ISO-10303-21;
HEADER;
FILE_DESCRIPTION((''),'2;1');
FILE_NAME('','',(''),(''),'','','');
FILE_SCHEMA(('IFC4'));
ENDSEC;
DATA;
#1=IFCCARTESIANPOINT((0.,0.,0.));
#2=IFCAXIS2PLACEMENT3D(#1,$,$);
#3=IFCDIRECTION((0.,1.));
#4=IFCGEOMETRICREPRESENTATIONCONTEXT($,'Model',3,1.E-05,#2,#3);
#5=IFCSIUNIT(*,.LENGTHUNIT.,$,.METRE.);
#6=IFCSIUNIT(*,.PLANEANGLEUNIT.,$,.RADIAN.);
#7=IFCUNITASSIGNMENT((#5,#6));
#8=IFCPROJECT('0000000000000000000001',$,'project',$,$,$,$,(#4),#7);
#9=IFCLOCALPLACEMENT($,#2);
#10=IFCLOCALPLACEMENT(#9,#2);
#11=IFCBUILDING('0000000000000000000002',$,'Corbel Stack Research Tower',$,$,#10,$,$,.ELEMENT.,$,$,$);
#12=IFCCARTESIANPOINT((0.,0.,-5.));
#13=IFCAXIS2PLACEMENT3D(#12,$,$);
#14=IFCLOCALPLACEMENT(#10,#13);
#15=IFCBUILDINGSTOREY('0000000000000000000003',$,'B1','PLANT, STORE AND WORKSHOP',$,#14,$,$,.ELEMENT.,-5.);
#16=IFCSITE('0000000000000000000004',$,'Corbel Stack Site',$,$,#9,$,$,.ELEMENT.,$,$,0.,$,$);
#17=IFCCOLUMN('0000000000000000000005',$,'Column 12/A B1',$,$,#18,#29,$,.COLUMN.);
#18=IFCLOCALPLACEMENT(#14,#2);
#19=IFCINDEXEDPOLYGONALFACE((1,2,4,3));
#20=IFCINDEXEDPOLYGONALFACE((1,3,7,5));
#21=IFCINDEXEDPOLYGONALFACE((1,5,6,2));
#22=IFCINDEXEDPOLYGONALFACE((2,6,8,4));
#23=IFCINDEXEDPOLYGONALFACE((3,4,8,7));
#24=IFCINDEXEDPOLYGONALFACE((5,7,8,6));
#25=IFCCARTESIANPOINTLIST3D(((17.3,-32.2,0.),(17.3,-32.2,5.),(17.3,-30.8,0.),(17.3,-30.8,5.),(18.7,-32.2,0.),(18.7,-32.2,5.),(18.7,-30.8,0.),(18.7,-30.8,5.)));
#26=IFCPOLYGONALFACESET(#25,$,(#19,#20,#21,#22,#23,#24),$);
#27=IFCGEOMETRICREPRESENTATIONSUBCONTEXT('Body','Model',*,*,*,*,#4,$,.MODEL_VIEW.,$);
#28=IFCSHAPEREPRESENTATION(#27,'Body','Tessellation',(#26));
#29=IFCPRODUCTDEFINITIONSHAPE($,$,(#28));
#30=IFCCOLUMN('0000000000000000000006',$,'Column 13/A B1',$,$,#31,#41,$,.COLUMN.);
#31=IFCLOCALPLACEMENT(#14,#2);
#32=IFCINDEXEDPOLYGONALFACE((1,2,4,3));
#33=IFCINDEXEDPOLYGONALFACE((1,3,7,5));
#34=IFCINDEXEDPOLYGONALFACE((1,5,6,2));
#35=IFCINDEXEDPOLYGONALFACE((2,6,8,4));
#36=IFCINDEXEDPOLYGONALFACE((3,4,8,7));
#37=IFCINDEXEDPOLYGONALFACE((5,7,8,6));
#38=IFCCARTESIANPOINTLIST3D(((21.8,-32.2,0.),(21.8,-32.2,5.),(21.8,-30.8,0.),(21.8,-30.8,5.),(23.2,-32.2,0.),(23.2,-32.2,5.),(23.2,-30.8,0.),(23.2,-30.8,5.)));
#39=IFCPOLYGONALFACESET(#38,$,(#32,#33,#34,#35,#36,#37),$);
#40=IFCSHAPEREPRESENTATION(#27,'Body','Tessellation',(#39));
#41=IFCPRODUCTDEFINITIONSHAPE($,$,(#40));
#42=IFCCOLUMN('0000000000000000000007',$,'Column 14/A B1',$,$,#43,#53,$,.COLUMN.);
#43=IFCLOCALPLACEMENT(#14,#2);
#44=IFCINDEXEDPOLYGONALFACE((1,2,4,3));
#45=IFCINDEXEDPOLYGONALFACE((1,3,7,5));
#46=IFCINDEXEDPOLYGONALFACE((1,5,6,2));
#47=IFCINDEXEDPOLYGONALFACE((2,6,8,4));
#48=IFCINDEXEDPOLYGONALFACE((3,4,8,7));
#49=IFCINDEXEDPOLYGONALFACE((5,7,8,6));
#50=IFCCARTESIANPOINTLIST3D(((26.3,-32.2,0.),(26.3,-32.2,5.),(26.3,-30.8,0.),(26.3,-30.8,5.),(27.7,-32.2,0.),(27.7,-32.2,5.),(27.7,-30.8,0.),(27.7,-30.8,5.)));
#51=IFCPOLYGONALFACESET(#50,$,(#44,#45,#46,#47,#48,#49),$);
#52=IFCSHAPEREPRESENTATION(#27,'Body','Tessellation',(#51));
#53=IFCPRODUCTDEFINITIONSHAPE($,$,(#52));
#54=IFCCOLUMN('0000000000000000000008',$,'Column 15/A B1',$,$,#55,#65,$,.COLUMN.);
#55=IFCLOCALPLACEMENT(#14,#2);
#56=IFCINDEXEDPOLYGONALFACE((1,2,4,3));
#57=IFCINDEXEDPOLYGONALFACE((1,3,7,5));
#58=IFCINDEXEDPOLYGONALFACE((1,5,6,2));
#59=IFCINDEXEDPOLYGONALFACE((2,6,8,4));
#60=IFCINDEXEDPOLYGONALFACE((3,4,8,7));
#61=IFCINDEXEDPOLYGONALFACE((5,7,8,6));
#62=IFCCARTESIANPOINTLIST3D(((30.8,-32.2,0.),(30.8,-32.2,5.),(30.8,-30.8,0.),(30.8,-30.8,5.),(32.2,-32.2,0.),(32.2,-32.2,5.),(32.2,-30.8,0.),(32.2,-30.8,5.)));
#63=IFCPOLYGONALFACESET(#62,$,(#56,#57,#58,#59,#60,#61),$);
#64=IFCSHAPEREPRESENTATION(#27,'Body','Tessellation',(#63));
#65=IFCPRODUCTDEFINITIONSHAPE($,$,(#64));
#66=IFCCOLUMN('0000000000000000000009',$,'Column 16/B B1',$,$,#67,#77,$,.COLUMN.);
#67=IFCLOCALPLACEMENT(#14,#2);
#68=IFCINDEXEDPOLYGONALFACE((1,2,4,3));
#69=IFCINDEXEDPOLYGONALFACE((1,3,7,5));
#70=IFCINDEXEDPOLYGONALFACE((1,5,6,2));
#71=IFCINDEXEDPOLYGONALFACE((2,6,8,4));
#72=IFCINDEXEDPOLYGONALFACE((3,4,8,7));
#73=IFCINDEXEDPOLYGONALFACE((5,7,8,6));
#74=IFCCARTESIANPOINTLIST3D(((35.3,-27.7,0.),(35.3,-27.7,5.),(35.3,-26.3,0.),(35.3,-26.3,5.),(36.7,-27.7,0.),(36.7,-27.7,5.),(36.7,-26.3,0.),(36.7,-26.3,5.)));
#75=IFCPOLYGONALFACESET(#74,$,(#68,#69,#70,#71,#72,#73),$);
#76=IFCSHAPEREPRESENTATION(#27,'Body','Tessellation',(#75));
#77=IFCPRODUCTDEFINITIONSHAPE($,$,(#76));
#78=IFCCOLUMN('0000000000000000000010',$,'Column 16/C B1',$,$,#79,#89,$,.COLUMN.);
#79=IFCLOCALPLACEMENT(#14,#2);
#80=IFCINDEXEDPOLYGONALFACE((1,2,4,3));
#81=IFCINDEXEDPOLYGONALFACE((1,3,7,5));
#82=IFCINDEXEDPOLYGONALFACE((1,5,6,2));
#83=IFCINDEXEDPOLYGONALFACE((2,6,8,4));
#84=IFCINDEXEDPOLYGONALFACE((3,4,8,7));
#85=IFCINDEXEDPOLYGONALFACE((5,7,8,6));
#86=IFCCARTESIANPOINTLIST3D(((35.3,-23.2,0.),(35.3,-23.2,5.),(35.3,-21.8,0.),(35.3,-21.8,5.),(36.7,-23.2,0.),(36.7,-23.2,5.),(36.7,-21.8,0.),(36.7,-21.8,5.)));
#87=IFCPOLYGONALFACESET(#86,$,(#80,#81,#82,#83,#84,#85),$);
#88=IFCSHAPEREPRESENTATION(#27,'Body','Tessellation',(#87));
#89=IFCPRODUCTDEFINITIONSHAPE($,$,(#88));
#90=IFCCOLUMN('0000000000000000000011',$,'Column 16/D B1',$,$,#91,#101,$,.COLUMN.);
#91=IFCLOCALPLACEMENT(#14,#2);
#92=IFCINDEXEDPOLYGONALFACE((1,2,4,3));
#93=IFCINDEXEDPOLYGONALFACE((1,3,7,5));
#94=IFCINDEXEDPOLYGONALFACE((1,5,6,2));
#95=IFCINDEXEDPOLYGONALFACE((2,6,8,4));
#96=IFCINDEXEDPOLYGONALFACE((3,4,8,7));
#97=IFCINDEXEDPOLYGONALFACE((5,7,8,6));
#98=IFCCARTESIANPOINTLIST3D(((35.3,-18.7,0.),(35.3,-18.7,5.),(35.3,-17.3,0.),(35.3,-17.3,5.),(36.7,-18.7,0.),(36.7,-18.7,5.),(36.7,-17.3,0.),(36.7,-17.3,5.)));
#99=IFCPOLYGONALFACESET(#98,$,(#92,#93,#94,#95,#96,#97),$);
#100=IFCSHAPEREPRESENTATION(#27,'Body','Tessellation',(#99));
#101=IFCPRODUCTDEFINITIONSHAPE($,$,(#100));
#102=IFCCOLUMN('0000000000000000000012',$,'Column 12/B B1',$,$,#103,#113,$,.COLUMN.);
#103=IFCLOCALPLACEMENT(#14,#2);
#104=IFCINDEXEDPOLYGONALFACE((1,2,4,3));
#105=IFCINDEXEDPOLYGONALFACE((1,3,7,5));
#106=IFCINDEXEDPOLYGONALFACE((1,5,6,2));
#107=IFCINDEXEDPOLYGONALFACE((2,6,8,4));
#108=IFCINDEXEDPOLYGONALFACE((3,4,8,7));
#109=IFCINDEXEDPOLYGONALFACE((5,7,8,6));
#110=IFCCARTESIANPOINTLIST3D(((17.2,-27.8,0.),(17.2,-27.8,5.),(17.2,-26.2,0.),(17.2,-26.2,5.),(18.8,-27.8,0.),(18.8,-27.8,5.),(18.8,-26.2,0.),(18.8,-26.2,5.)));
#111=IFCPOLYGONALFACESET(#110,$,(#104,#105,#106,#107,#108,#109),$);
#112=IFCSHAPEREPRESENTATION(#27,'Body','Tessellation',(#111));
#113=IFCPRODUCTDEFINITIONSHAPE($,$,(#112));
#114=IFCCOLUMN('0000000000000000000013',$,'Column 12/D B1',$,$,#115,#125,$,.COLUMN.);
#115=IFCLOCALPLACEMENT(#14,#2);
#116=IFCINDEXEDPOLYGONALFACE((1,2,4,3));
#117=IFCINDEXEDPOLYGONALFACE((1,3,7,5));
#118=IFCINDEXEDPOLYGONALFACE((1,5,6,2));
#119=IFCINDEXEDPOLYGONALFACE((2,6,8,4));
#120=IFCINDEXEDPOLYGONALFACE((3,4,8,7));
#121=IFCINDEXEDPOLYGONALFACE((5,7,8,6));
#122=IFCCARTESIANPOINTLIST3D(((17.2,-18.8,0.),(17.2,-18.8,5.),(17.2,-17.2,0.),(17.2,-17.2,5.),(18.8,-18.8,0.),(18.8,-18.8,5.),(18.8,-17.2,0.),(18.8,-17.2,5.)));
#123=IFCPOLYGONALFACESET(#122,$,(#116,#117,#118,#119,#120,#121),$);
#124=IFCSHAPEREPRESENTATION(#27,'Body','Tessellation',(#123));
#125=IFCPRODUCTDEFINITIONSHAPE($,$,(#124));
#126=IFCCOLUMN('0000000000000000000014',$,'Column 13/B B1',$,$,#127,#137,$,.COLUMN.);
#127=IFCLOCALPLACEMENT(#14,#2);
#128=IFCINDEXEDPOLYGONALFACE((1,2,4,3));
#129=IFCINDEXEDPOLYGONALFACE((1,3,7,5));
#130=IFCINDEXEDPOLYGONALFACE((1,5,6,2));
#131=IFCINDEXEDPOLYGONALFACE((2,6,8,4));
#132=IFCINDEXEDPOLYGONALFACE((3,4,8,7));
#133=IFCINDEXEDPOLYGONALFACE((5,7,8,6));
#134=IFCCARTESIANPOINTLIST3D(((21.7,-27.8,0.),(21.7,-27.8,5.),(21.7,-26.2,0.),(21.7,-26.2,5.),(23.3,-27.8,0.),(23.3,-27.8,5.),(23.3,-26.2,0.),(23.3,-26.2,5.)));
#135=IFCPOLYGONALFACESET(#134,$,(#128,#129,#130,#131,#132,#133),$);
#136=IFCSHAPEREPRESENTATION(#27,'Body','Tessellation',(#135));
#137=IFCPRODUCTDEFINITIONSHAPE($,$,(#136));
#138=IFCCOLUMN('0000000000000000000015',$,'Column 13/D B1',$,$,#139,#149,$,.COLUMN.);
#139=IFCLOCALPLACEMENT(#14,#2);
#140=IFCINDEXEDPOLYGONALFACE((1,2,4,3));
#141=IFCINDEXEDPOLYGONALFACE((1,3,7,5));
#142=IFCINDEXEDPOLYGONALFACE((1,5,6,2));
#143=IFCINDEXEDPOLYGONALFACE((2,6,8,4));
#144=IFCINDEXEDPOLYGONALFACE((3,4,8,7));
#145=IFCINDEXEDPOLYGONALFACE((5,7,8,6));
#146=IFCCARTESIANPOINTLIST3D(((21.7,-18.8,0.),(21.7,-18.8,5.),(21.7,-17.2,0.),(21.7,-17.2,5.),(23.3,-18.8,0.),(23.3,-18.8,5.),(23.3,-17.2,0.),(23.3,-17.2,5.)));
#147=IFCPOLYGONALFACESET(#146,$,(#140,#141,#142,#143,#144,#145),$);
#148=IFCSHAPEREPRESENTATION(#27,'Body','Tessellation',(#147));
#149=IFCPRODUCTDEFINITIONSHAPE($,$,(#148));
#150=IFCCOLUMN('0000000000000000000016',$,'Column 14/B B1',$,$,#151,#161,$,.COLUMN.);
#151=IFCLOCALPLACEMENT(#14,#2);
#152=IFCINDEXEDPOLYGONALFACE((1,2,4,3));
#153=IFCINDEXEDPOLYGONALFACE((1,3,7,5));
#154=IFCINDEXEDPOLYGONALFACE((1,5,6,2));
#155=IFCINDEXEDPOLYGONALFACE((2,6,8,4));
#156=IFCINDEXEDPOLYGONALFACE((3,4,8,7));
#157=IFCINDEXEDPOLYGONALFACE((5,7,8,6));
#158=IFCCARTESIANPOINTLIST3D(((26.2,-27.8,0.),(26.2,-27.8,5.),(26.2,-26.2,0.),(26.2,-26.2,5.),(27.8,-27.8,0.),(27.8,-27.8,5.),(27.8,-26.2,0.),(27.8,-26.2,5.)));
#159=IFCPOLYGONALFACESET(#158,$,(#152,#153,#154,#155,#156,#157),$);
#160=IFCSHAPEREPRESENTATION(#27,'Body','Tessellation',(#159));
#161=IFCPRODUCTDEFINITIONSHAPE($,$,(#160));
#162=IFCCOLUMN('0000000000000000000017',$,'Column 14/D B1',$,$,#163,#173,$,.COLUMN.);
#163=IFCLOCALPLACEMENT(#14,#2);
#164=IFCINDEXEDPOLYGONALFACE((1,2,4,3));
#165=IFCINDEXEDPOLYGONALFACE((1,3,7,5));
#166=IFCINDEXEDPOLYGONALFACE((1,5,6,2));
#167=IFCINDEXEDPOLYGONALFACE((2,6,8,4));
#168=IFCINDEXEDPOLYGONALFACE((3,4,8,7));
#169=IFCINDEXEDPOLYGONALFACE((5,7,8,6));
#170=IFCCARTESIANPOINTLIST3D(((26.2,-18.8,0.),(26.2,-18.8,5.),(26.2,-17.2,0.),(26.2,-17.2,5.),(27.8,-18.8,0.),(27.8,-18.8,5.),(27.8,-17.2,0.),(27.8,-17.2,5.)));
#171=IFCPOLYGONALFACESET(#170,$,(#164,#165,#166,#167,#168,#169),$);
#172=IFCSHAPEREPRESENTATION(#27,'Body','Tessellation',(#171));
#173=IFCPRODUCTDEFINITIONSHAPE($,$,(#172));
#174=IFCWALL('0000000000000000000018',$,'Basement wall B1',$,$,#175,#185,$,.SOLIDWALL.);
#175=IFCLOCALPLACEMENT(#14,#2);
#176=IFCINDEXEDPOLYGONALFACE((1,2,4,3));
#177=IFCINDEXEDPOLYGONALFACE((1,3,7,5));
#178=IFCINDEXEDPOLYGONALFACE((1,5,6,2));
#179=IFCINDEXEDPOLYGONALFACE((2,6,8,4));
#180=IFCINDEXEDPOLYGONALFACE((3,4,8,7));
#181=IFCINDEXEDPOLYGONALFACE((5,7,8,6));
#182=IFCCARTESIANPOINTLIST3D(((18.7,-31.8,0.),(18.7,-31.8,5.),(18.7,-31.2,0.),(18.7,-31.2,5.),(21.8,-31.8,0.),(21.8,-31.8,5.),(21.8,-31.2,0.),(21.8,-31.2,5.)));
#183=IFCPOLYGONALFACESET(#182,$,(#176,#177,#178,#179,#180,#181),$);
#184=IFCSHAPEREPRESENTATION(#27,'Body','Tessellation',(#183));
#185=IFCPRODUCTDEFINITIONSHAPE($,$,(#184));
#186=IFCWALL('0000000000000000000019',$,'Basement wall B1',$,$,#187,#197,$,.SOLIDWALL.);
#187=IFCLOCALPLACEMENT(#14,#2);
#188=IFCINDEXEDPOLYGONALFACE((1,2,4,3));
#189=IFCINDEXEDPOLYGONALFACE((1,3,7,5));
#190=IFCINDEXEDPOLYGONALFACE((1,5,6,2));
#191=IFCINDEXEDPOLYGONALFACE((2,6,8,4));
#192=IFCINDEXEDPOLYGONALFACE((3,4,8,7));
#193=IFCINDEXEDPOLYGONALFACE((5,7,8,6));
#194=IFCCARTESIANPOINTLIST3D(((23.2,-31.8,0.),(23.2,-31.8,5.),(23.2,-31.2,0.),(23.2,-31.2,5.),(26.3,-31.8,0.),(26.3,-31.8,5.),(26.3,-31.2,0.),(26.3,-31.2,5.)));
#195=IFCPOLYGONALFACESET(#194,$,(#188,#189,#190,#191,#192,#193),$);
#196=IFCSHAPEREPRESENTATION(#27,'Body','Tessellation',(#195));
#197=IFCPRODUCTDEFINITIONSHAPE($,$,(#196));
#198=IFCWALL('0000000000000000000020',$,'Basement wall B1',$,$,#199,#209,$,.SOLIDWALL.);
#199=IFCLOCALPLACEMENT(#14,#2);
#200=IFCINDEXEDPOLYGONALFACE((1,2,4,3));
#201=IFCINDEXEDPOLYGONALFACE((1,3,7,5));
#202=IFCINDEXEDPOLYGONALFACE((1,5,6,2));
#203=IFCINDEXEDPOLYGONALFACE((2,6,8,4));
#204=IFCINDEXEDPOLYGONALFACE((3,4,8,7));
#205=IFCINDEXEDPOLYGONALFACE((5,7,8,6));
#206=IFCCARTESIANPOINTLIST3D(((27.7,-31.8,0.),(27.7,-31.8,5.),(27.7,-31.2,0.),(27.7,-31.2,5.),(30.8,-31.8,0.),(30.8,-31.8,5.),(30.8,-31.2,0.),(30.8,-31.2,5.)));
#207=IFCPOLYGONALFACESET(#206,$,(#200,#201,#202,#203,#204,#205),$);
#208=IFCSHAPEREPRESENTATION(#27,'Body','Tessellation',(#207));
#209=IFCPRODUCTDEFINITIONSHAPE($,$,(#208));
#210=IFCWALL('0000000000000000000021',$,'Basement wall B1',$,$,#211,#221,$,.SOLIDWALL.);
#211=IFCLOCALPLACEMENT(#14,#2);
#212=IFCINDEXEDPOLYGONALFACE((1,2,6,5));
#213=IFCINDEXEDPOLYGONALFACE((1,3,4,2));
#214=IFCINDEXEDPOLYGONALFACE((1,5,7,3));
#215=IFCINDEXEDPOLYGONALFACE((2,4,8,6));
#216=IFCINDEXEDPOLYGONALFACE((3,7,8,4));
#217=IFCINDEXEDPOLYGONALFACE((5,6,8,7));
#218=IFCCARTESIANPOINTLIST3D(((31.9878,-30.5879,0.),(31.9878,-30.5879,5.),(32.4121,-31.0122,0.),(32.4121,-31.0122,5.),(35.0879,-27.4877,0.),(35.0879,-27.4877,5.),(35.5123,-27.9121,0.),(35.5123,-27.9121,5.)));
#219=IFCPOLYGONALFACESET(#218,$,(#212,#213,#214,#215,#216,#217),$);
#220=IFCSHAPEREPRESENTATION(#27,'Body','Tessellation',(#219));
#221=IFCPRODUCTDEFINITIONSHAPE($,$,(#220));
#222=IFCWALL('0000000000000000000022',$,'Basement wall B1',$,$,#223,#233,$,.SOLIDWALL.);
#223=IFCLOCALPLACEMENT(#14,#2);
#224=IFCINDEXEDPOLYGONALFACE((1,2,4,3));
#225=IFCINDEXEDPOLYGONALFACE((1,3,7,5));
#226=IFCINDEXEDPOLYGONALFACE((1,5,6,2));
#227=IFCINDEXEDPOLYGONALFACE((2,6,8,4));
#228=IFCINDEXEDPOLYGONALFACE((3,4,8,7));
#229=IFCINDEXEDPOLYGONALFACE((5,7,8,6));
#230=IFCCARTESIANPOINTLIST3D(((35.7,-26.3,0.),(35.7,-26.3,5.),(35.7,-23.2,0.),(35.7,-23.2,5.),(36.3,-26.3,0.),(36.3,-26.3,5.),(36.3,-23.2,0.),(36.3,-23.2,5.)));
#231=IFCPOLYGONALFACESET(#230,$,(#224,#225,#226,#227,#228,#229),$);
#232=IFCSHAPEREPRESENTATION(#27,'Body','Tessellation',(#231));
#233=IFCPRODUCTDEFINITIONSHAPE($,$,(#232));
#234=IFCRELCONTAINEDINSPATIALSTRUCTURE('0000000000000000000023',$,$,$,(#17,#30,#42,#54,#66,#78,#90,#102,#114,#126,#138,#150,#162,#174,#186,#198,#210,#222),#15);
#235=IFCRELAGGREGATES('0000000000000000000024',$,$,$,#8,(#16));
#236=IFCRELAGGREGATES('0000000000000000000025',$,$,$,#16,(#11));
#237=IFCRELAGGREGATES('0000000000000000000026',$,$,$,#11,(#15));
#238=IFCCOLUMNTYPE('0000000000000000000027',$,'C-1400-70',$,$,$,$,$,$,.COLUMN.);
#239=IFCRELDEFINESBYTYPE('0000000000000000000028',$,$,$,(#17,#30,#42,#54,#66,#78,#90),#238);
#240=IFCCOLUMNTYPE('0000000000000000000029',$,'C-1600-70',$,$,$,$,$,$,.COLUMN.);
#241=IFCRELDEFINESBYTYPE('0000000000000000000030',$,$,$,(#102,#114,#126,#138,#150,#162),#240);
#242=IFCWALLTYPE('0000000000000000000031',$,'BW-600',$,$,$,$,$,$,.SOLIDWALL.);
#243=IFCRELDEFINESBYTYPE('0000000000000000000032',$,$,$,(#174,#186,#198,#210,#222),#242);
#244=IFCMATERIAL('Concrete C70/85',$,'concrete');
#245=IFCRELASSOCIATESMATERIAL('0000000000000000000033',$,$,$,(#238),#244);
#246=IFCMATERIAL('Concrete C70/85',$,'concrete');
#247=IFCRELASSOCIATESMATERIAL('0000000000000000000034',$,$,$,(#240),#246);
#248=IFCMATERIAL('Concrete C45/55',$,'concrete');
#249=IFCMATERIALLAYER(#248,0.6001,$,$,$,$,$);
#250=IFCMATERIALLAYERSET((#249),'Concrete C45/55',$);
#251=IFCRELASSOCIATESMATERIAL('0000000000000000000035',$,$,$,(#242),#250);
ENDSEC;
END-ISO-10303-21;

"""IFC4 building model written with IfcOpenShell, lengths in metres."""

from ifc_helpers import new_model, si_unit, direction, frame, frame_2d, origin, origin_2d, place, context, subcontext, project, spatial, rectangle, extrude, material, layer, layer_set, material_profile, profile_set, type_object, element, save


model = new_model("IFC4")

# Units and contexts
model_context = context("Model", 3, precision=1e-05, world=origin(), true_north=direction((0.0, 1.0)))
body_context = subcontext(model_context, "Body", "Model", "MODEL_VIEW")
ifc_project = project(units=[si_unit("LENGTHUNIT", "METRE"), si_unit("PLANEANGLEUNIT", "RADIAN")], contexts=[model_context])

# Site, building, storey
site_placement = place(None, origin())
site = spatial("IfcSite", under=ifc_project, at=site_placement, Name="Corbel Stack Site", CompositionType="ELEMENT", RefElevation=0.0)
building_placement = place(site_placement, origin())
building = spatial("IfcBuilding", under=site, at=building_placement, Name="Corbel Stack Research Tower", CompositionType="ELEMENT")
storey_placement = place(building_placement, frame((0.0, 0.0, -5.0)))
storey = spatial("IfcBuildingStorey", under=building, at=storey_placement, Name="B1", Description="PLANT, STORE AND WORKSHOP", CompositionType="ELEMENT", Elevation=-5.0)

# Columns
ifc_material_1 = material(Name="Concrete C70/85", Category="concrete")
ifc_material_profile_1 = material_profile(ifc_material_1, rectangle(XDim=1.3999, YDim=1.3999, at=origin_2d()), Name="RC 1400 x 1400")
ifc_profile_set_1 = profile_set([ifc_material_profile_1], Name="Concrete C70/85")
column_type_1 = type_object("IfcColumnType", Name="C-1400-70", PredefinedType="COLUMN", material=ifc_profile_set_1)
for number, where, z_axis, x_axis, name in (
    (1, (18.0, -31.5, 0.0), (0.0, 0.0, 1.0), (1.0, 0.0, 0.0), "Column 12/A B1"),
    (2, (22.5, -31.5, 0.0), (0.0, 0.0, 1.0), (1.0, 0.0, 0.0), "Column 13/A B1"),
    (3, (27.0, -31.5, 0.0), (0.0, 0.0, 1.0), (1.0, 0.0, 0.0), "Column 14/A B1"),
    (4, (31.5, -31.5, 0.0), (0.0, 0.0, 1.0), (1.0, 0.0, 0.0), "Column 15/A B1"),
    (5, (36.0, -27.0, 0.0), (0.0, 0.0, 1.0), (1.0, 0.0, 0.0), "Column 16/B B1"),
    (6, (36.0, -22.5, 0.0), (0.0, 0.0, 1.0), (1.0, 0.0, 0.0), "Column 16/C B1"),
    (7, (36.0, -18.0, 0.0), (0.0, 0.0, 1.0), (1.0, 0.0, 0.0), "Column 16/D B1"),
):
    element("IfcColumn", number, at=place(storey_placement, frame(where, z_axis=z_axis, x_axis=x_axis)), inside=storey, type_object=column_type_1, Name=name, PredefinedType="COLUMN", context=body_context, shape_type="SweptSolid", body=[
        extrude(rectangle(XDim=1.3999, YDim=1.3999, at=origin_2d()), origin(), (0.0, 0.0, 1.0), 5.0),
    ])
ifc_material_2 = material(Name="Concrete C70/85", Category="concrete")
ifc_material_profile_2 = material_profile(ifc_material_2, rectangle(XDim=1.6001, YDim=1.6001, at=origin_2d()), Name="RC 1600 x 1600")
ifc_profile_set_2 = profile_set([ifc_material_profile_2], Name="Concrete C70/85")
column_type_2 = type_object("IfcColumnType", Name="C-1600-70", PredefinedType="COLUMN", material=ifc_profile_set_2)
for number, where, z_axis, x_axis, name in (
    (8, (18.0, -27.0, 0.0), (0.0, 0.0, 1.0), (1.0, 0.0, 0.0), "Column 12/B B1"),
    (9, (18.0, -18.0, 0.0), (0.0, 0.0, 1.0), (1.0, 0.0, 0.0), "Column 12/D B1"),
    (10, (22.5, -27.0, 0.0), (0.0, 0.0, 1.0), (1.0, 0.0, 0.0), "Column 13/B B1"),
    (11, (22.5, -18.0, 0.0), (0.0, 0.0, 1.0), (1.0, 0.0, 0.0), "Column 13/D B1"),
    (12, (27.0, -27.0, 0.0), (0.0, 0.0, 1.0), (1.0, 0.0, 0.0), "Column 14/B B1"),
    (13, (27.0, -18.0, 0.0), (0.0, 0.0, 1.0), (1.0, 0.0, 0.0), "Column 14/D B1"),
):
    element("IfcColumn", number, at=place(storey_placement, frame(where, z_axis=z_axis, x_axis=x_axis)), inside=storey, type_object=column_type_2, Name=name, PredefinedType="COLUMN", context=body_context, shape_type="SweptSolid", body=[
        extrude(rectangle(XDim=1.6001, YDim=1.6001, at=origin_2d()), origin(), (0.0, 0.0, 1.0), 5.0),
    ])

# Walls
ifc_material_3 = material(Name="Concrete C45/55", Category="concrete")
ifc_layer = layer(ifc_material_3, 0.6001)
ifc_layer_set = layer_set([ifc_layer], Name="Concrete C45/55")
wall_type = type_object("IfcWallType", Name="BW-600", PredefinedType="SOLIDWALL", material=ifc_layer_set)
for number, where, z_axis, x_axis, name in (
    (14, (18.7, -31.5, 0.0), (0.0, 0.0, 1.0), (1.0, 0.0, 0.0), "Basement wall B1"),
    (15, (23.2, -31.5, 0.0), (0.0, 0.0, 1.0), (1.0, 0.0, 0.0), "Basement wall B1"),
    (16, (27.7, -31.5, 0.0), (0.0, 0.0, 1.0), (1.0, 0.0, 0.0), "Basement wall B1"),
):
    element("IfcWall", number, at=place(storey_placement, frame(where, z_axis=z_axis, x_axis=x_axis)), inside=storey, type_object=wall_type, Name=name, PredefinedType="SOLIDWALL", context=body_context, shape_type="SweptSolid", body=[
        extrude(rectangle(XDim=3.1001, YDim=0.6001, at=frame_2d((1.55, 0.0))), origin(), (0.0, 0.0, 1.0), 5.0),
    ])
wall_placement = place(storey_placement, frame((32.2, -30.8, 0.0), z_axis=(0.0, 0.0, 1.0), x_axis=(0.707107, 0.707107, 0.0)))
element("IfcWall", 17, at=wall_placement, inside=storey, type_object=wall_type, Name="Basement wall B1", PredefinedType="SOLIDWALL", context=body_context, shape_type="SweptSolid", body=[
    extrude(rectangle(XDim=4.3843, YDim=0.6001, at=frame_2d((2.1921, 0.0))), origin(), (0.0, 0.0, 1.0), 5.0),
])
for number, where, z_axis, x_axis, name in (
    (18, (36.0, -26.3, 0.0), (0.0, 0.0, 1.0), (0.0, 1.0, 0.0), "Basement wall B1"),
):
    element("IfcWall", number, at=place(storey_placement, frame(where, z_axis=z_axis, x_axis=x_axis)), inside=storey, type_object=wall_type, Name=name, PredefinedType="SOLIDWALL", context=body_context, shape_type="SweptSolid", body=[
        extrude(rectangle(XDim=3.1001, YDim=0.6001, at=frame_2d((1.55, 0.0))), origin(), (0.0, 0.0, 1.0), 5.0),
    ])

save(model, "model.ifc")
